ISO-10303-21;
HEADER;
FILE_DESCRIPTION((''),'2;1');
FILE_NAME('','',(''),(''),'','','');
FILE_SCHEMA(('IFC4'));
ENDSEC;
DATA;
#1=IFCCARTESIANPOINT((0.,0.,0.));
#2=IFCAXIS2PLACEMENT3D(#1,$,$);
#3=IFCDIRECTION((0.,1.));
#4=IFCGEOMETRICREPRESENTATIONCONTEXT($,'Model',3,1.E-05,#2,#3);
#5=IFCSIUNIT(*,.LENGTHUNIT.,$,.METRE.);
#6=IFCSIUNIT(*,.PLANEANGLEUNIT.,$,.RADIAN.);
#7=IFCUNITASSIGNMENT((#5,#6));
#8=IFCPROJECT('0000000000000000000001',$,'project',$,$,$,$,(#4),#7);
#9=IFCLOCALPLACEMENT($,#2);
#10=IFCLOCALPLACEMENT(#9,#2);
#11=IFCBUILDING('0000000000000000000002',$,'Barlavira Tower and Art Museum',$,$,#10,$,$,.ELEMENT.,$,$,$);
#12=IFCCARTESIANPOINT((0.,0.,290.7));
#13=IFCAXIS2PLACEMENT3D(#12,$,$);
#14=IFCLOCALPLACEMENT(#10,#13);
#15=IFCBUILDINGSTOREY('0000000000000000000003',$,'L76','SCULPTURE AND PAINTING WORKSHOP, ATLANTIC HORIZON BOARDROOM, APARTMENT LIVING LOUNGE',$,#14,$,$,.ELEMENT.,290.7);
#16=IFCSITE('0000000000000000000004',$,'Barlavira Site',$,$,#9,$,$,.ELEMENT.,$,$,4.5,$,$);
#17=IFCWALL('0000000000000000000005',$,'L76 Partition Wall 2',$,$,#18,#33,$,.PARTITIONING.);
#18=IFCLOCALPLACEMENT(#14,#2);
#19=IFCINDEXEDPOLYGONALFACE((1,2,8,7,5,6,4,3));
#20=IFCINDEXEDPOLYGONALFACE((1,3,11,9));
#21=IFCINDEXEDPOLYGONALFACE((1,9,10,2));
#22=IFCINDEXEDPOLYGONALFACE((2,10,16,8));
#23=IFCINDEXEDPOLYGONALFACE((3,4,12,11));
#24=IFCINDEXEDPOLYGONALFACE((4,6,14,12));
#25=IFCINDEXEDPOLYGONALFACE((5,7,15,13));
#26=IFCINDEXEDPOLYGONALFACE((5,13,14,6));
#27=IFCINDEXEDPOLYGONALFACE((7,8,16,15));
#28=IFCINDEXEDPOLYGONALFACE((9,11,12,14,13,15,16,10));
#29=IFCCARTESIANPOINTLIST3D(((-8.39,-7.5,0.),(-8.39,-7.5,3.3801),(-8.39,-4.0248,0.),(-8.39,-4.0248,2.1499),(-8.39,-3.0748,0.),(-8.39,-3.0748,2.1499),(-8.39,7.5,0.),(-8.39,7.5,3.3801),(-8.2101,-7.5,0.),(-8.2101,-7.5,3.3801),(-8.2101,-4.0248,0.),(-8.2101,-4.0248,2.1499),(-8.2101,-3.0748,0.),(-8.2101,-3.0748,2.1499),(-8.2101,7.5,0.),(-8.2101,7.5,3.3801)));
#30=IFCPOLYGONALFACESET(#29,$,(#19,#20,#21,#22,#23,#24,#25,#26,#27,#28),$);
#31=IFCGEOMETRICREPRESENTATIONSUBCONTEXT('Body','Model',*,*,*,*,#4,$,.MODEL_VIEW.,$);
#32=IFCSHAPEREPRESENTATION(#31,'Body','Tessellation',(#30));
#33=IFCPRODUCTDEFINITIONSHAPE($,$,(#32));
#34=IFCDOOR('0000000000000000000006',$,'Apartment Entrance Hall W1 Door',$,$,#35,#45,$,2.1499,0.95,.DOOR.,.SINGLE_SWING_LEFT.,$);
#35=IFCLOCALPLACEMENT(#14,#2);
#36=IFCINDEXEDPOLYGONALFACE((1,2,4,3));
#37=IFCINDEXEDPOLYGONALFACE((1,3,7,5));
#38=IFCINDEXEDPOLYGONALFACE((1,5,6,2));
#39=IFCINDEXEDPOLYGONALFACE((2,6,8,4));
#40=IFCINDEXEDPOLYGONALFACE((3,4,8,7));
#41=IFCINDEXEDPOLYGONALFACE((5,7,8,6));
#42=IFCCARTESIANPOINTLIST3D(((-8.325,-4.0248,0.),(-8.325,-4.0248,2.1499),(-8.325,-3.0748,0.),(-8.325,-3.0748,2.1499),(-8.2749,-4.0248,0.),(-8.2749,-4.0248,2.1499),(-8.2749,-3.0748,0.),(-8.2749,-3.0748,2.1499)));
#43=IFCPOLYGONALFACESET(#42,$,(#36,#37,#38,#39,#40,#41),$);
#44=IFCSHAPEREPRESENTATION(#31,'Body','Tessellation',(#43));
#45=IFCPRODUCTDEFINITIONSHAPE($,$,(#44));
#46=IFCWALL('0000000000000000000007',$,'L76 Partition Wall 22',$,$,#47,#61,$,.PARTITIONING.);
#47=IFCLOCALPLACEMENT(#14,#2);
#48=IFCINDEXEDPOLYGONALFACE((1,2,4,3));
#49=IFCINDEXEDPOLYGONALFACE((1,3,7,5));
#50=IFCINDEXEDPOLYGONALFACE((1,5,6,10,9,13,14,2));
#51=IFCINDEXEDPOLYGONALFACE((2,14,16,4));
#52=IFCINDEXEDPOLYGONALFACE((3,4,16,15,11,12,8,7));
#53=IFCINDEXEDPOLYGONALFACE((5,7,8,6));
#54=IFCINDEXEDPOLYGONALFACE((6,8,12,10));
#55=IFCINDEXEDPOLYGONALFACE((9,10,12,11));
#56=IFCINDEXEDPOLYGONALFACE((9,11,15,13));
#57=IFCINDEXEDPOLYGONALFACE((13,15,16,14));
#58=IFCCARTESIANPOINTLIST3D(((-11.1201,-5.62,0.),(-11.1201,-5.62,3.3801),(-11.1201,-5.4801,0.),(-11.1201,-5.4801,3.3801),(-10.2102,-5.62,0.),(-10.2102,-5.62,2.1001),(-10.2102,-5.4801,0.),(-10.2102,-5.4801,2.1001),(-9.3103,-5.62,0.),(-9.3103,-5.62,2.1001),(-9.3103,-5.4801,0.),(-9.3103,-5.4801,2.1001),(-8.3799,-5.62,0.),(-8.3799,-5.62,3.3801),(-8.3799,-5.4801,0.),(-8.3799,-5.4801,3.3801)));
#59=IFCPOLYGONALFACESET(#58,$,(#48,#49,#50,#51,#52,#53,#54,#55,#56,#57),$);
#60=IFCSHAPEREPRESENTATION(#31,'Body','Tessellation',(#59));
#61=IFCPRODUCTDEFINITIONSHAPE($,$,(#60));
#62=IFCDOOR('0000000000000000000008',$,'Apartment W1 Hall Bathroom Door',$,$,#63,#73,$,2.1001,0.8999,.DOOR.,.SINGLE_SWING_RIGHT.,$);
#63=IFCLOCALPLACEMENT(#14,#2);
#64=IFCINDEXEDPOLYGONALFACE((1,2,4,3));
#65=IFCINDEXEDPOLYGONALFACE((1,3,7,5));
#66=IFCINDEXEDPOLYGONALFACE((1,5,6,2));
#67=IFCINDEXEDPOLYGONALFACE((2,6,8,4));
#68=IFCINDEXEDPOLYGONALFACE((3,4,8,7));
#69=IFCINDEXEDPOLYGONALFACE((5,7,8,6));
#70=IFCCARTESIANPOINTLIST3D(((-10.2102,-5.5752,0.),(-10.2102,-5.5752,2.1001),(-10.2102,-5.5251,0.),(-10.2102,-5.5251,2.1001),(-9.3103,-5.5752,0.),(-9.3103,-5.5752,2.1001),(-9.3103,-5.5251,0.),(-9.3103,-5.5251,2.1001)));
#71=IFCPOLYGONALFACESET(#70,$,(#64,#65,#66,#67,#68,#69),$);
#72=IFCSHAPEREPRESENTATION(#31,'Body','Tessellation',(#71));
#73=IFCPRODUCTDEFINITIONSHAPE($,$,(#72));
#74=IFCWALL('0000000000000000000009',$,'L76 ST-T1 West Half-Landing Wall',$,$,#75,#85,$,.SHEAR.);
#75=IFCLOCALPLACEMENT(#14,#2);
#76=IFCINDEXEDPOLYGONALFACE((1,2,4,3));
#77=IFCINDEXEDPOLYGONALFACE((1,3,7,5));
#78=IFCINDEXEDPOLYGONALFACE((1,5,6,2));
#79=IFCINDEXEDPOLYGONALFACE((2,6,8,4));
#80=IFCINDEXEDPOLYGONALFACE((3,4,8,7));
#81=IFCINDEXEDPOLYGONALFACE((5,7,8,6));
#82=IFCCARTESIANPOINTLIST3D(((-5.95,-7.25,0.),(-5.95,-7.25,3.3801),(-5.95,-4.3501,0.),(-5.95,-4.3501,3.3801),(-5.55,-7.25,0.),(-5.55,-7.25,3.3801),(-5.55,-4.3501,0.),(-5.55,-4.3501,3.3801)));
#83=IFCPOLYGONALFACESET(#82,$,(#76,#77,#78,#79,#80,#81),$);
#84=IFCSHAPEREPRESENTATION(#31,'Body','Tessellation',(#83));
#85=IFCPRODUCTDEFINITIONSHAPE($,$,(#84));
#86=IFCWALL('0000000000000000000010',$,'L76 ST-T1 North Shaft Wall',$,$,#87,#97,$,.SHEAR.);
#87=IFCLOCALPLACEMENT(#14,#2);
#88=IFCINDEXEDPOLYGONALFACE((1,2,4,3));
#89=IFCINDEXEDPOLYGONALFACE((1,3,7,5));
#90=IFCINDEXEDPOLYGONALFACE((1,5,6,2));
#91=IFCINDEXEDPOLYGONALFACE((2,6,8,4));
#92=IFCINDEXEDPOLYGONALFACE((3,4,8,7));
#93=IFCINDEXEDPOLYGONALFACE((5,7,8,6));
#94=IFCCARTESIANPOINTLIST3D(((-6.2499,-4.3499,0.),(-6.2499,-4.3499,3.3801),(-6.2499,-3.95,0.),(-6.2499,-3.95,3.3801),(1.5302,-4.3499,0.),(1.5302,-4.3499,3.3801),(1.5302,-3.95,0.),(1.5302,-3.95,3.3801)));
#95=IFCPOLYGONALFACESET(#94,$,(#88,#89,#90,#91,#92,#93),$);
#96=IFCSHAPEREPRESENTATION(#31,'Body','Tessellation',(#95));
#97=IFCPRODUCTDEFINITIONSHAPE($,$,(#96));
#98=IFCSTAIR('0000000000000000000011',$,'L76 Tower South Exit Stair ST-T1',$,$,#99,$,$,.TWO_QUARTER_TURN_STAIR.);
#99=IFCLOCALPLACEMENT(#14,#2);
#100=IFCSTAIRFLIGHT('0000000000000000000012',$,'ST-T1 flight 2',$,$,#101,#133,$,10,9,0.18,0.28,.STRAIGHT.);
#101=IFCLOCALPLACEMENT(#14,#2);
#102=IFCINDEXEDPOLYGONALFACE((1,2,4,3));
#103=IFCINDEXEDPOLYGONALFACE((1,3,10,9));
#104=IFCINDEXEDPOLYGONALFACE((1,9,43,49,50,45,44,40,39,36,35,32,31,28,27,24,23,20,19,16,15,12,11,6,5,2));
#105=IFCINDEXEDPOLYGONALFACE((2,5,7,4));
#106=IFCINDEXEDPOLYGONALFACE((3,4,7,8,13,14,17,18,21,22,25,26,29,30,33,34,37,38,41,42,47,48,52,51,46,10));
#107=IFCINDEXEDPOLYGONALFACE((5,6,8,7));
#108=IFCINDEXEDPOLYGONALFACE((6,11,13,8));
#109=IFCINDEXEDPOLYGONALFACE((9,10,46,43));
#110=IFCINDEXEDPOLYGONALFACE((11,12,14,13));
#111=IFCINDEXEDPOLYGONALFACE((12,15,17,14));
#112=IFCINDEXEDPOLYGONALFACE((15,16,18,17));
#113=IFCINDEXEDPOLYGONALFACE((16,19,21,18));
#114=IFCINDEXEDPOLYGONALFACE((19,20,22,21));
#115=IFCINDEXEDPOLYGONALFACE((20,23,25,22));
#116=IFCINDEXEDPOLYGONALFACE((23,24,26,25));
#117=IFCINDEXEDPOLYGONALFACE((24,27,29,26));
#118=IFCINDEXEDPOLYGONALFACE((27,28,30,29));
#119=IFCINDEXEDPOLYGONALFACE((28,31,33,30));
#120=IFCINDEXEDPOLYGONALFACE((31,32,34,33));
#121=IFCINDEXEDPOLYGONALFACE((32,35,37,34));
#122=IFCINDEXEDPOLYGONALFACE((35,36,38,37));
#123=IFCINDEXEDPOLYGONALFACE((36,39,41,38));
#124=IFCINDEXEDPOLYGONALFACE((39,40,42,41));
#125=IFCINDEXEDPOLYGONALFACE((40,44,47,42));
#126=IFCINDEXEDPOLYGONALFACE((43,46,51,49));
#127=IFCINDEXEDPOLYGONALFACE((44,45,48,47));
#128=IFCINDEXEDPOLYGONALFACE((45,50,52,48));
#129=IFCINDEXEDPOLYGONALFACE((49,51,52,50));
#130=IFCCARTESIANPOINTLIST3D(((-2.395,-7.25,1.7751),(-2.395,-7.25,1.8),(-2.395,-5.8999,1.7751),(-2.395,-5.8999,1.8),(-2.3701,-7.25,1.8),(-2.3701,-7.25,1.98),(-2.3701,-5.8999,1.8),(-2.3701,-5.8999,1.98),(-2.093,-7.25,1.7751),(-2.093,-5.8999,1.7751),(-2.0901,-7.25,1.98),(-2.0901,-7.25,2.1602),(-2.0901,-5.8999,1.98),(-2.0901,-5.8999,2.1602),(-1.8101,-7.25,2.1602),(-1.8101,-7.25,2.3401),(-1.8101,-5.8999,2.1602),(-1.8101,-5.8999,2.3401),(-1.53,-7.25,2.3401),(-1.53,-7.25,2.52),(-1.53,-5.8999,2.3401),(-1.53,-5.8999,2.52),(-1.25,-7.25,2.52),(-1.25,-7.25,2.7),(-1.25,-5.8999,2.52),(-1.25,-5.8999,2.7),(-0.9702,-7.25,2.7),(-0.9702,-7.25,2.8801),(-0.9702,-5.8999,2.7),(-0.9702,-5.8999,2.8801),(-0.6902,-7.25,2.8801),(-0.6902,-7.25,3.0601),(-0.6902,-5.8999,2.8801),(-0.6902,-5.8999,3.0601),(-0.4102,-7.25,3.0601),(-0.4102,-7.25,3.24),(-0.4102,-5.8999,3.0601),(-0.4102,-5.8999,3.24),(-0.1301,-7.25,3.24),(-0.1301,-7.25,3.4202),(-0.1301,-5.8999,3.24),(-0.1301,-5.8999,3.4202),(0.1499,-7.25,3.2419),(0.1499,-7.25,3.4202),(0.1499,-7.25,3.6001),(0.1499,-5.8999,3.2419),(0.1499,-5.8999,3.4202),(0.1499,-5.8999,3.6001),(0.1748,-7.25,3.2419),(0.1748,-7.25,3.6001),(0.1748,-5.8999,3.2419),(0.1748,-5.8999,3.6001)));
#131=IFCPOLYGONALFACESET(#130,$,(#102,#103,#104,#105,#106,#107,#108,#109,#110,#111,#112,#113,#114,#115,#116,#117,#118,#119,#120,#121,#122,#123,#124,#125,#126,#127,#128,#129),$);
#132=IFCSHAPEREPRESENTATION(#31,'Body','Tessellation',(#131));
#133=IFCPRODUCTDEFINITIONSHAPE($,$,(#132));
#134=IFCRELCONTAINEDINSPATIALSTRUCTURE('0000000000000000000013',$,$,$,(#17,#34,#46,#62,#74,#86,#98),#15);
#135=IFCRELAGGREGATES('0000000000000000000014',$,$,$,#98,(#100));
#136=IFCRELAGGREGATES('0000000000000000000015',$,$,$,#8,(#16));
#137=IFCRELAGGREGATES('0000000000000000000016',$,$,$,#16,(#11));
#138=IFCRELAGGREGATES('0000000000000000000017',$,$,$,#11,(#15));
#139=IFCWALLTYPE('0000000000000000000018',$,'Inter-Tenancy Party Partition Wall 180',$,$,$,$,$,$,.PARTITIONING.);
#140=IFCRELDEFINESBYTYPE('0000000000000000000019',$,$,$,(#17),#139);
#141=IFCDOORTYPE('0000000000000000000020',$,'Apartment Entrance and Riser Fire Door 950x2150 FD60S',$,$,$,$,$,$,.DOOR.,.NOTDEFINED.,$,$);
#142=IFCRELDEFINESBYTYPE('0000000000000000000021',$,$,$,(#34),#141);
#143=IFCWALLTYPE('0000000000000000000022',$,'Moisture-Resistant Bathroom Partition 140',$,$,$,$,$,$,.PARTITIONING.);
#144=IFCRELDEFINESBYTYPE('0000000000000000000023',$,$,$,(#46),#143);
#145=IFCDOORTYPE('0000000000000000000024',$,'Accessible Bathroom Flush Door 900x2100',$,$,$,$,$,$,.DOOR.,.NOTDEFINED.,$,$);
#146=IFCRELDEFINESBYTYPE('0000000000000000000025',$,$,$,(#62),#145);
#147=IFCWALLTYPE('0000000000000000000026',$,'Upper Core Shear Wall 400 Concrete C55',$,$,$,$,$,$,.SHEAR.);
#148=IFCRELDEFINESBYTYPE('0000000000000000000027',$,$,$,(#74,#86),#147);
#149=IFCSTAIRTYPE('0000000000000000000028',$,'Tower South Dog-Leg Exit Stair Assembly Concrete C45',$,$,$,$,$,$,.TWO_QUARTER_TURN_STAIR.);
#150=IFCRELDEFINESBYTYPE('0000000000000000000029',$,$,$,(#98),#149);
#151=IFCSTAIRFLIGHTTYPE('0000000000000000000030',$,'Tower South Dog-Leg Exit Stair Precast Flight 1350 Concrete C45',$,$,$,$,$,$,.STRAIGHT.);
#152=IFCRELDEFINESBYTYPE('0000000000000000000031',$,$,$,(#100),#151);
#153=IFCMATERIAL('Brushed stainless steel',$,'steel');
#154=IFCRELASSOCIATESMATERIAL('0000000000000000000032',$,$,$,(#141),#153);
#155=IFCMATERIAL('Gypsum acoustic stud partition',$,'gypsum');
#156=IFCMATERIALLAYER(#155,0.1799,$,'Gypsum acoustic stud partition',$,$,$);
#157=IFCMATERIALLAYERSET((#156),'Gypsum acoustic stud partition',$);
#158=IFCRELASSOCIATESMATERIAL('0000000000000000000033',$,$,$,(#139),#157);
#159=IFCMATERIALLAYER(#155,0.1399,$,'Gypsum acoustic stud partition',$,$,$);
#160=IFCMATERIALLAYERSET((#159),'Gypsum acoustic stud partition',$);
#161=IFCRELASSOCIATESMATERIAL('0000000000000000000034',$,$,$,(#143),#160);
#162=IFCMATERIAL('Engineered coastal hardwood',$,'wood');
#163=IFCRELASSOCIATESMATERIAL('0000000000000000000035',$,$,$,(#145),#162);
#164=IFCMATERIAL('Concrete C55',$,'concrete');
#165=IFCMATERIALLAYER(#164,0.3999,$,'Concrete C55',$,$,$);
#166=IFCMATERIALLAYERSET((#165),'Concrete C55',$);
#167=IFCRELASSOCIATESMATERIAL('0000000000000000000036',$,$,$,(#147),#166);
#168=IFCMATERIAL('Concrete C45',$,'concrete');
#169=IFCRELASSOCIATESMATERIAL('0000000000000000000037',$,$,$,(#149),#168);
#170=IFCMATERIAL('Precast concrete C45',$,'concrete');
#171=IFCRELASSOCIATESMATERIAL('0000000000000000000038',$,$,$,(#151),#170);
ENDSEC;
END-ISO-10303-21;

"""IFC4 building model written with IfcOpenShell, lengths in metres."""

from ifc_helpers import new_model, si_unit, direction, frame, frame_2d, origin, place, context, subcontext, project, spatial, polyline, rectangle, outline, extrude, material, layer, layer_set, type_object, element, fill, aggregate, save


model = new_model("IFC4")

# Units and contexts
model_context = context("Model", 3, precision=1e-05, world=origin(), true_north=direction((0.0, 1.0)))
body_context = subcontext(model_context, "Body", "Model", "MODEL_VIEW")
ifc_project = project(units=[si_unit("LENGTHUNIT", "METRE"), si_unit("PLANEANGLEUNIT", "RADIAN")], contexts=[model_context])

# Site, building, storey
site_placement = place(None, origin())
site = spatial("IfcSite", under=ifc_project, at=site_placement, Name="Barlavira Site", CompositionType="ELEMENT", RefElevation=4.5)
building_placement = place(site_placement, origin())
building = spatial("IfcBuilding", under=site, at=building_placement, Name="Barlavira Tower and Art Museum", CompositionType="ELEMENT")
storey_placement = place(building_placement, frame((0.0, 0.0, 290.7)))
storey = spatial("IfcBuildingStorey", under=building, at=storey_placement, Name="L76", Description="SCULPTURE AND PAINTING WORKSHOP, ATLANTIC HORIZON BOARDROOM, APARTMENT LIVING LOUNGE", CompositionType="ELEMENT", Elevation=290.7)

# Shared definitions
ifc_material_1 = material(Name="Gypsum acoustic stud partition", Category="gypsum")
ifc_material_2 = material(Name="Engineered coastal hardwood", Category="wood")

# Shared definitions
ifc_material_3 = material(Name="Brushed stainless steel", Category="steel")
door_type_1 = type_object("IfcDoorType", Name="Apartment Entrance and Riser Fire Door 950x2150 FD60S", OperationType="NOTDEFINED", PredefinedType="DOOR", material=ifc_material_3)

# Walls, openings, doors
ifc_layer_1 = layer(ifc_material_1, 0.1799, Name="Gypsum acoustic stud partition")
ifc_layer_set_1 = layer_set([ifc_layer_1], Name="Gypsum acoustic stud partition")
wall_type_1 = type_object("IfcWallType", Name="Inter-Tenancy Party Partition Wall 180", PredefinedType="PARTITIONING", material=ifc_layer_set_1)
wall_1_placement = place(storey_placement, frame((-8.3, -7.5, 0.0), z_axis=(0.0, 0.0, 1.0), x_axis=(0.0, 1.0, 0.0)))
wall_1 = element("IfcWall", 1, at=wall_1_placement, inside=storey, type_object=wall_type_1, Name="L76 Partition Wall 2", PredefinedType="PARTITIONING", context=body_context, shape_type="SweptSolid", body=[
    extrude(rectangle(XDim=15.0, YDim=0.1799, at=frame_2d((7.5, 0.0))), origin(), (0.0, 0.0, 1.0), 3.3801),
])
opening_1_placement = place(wall_1_placement, frame((3.4751, 0.0, 0.0)))
opening_1 = element("IfcOpeningElement", 2, at=opening_1_placement, cuts=wall_1, PredefinedType="OPENING", context=body_context, shape_type="SweptSolid", body=[
    extrude(rectangle(XDim=0.95, YDim=2.1499, at=frame_2d((0.4751, 1.075))), frame((0.0, 0.1001, 0.0), z_axis=(0.0, -1.0, 0.0), x_axis=(1.0, 0.0, 0.0)), (0.0, 0.0, 1.0), 0.2),
])
door_1_placement = place(opening_1_placement, origin())
door_1 = element("IfcDoor", 3, at=door_1_placement, inside=storey, type_object=door_type_1, Name="Apartment Entrance Hall W1 Door", OperationType="SINGLE_SWING_LEFT", OverallHeight=2.1499, OverallWidth=0.95, PredefinedType="DOOR", context=body_context, shape_type="SweptSolid", body=[
    extrude(rectangle(XDim=0.95, YDim=2.1499, at=frame_2d((0.4751, 1.075))), frame((0.0, 0.0249, 0.0), z_axis=(0.0, -1.0, 0.0), x_axis=(1.0, 0.0, 0.0)), (0.0, 0.0, 1.0), 0.05),
])
fill(opening_1, door_1)
ifc_layer_2 = layer(ifc_material_1, 0.1399, Name="Gypsum acoustic stud partition")
ifc_layer_set_2 = layer_set([ifc_layer_2], Name="Gypsum acoustic stud partition")
wall_type_2 = type_object("IfcWallType", Name="Moisture-Resistant Bathroom Partition 140", PredefinedType="PARTITIONING", material=ifc_layer_set_2)
wall_2_placement = place(storey_placement, frame((-11.1201, -5.55, 0.0), z_axis=(0.0, 0.0, 1.0), x_axis=(1.0, 0.0, 0.0)))
wall_2 = element("IfcWall", 4, at=wall_2_placement, inside=storey, type_object=wall_type_2, Name="L76 Partition Wall 22", PredefinedType="PARTITIONING", context=body_context, shape_type="SweptSolid", body=[
    extrude(rectangle(XDim=2.7402, YDim=0.1399, at=frame_2d((1.3701, 0.0))), origin(), (0.0, 0.0, 1.0), 3.3801),
])
opening_2_placement = place(wall_2_placement, frame((0.9099, 0.0, 0.0)))
opening_2 = element("IfcOpeningElement", 5, at=opening_2_placement, cuts=wall_2, PredefinedType="OPENING", context=body_context, shape_type="SweptSolid", body=[
    extrude(rectangle(XDim=0.8999, YDim=2.1001, at=frame_2d((0.45, 1.05))), frame((0.0, 0.0801, 0.0), z_axis=(0.0, -1.0, 0.0), x_axis=(1.0, 0.0, 0.0)), (0.0, 0.0, 1.0), 0.1599),
])
door_type_2 = type_object("IfcDoorType", Name="Accessible Bathroom Flush Door 900x2100", OperationType="NOTDEFINED", PredefinedType="DOOR", material=ifc_material_2)
door_2_placement = place(opening_2_placement, origin())
door_2 = element("IfcDoor", 6, at=door_2_placement, inside=storey, type_object=door_type_2, Name="Apartment W1 Hall Bathroom Door", OperationType="SINGLE_SWING_RIGHT", OverallHeight=2.1001, OverallWidth=0.8999, PredefinedType="DOOR", context=body_context, shape_type="SweptSolid", body=[
    extrude(rectangle(XDim=0.8999, YDim=2.1001, at=frame_2d((0.45, 1.05))), frame((0.0, 0.0249, 0.0), z_axis=(0.0, -1.0, 0.0), x_axis=(1.0, 0.0, 0.0)), (0.0, 0.0, 1.0), 0.05),
])
fill(opening_2, door_2)

# Walls
ifc_material_4 = material(Name="Concrete C55", Category="concrete")
ifc_layer_3 = layer(ifc_material_4, 0.3999, Name="Concrete C55")
ifc_layer_set_3 = layer_set([ifc_layer_3], Name="Concrete C55")
wall_type_3 = type_object("IfcWallType", Name="Upper Core Shear Wall 400 Concrete C55", PredefinedType="SHEAR", material=ifc_layer_set_3)
wall_3_placement = place(storey_placement, frame((-5.75, -7.25, 0.0), z_axis=(0.0, 0.0, 1.0), x_axis=(0.0, 1.0, 0.0)))
element("IfcWall", 7, at=wall_3_placement, inside=storey, type_object=wall_type_3, Name="L76 ST-T1 West Half-Landing Wall", PredefinedType="SHEAR", context=body_context, shape_type="SweptSolid", body=[
    extrude(rectangle(XDim=2.8999, YDim=0.3999, at=frame_2d((1.45, 0.0))), origin(), (0.0, 0.0, 1.0), 3.3801),
])
wall_4_placement = place(storey_placement, frame((-6.25, -4.1499, 0.0), z_axis=(0.0, 0.0, 1.0), x_axis=(1.0, 0.0, 0.0)))
element("IfcWall", 8, at=wall_4_placement, inside=storey, type_object=wall_type_3, Name="L76 ST-T1 North Shaft Wall", PredefinedType="SHEAR", context=body_context, shape_type="SweptSolid", body=[
    extrude(rectangle(XDim=7.78, YDim=0.3999, at=frame_2d((3.8901, 0.0))), origin(), (0.0, 0.0, 1.0), 3.3801),
])

# Stair, stair flight
ifc_material_5 = material(Name="Concrete C45", Category="concrete")
stair_type = type_object("IfcStairType", Name="Tower South Dog-Leg Exit Stair Assembly Concrete C45", PredefinedType="TWO_QUARTER_TURN_STAIR", material=ifc_material_5)
stair_placement = place(storey_placement, origin())
stair = element("IfcStair", 9, at=stair_placement, inside=storey, type_object=stair_type, Name="L76 Tower South Exit Stair ST-T1", PredefinedType="TWO_QUARTER_TURN_STAIR")
ifc_material_6 = material(Name="Precast concrete C45", Category="concrete")
stair_flight_type = type_object("IfcStairFlightType", Name="Tower South Dog-Leg Exit Stair Precast Flight 1350 Concrete C45", PredefinedType="STRAIGHT", material=ifc_material_6)
stair_flight_placement = place(storey_placement, frame((-2.3701, -6.575, 1.8), z_axis=(0.0, 0.0, 1.0), x_axis=(1.0, 0.0, 0.0)))
stair_flight = element("IfcStairFlight", 10, at=stair_flight_placement, type_object=stair_flight_type, Name="ST-T1 flight 2", NumberOfRisers=10, NumberOfTreads=9, PredefinedType="STRAIGHT", RiserHeight=0.18, TreadLength=0.28, context=body_context, shape_type="SweptSolid", body=[
    extrude(outline(polyline([(-0.0249, 0.0), (0.0, 0.0), (0.0, 0.1799), (0.28, 0.1799), (0.28, 0.3601), (0.5601, 0.3601), (0.5601, 0.54), (0.8401, 0.54), (0.8401, 0.72), (1.1201, 0.72), (1.1201, 0.8999), (1.3999, 0.8999), (1.3999, 1.0801), (1.6799, 1.0801), (1.6799, 1.26), (1.96, 1.26), (1.96, 1.4399), (2.24, 1.4399), (2.24, 1.6201), (2.52, 1.6201), (2.52, 1.8), (2.5449, 1.8), (2.5449, 1.4419), (2.52, 1.4419), (0.2771, -0.0249), (-0.0249, -0.0249), (-0.0249, 0.0)])), frame((0.0, 0.675, 0.0), z_axis=(0.0, -1.0, 0.0), x_axis=(1.0, 0.0, 0.0)), (0.0, 0.0, 1.0), 1.3501),
])
aggregate(stair, [stair_flight])

save(model, "model.ifc")
